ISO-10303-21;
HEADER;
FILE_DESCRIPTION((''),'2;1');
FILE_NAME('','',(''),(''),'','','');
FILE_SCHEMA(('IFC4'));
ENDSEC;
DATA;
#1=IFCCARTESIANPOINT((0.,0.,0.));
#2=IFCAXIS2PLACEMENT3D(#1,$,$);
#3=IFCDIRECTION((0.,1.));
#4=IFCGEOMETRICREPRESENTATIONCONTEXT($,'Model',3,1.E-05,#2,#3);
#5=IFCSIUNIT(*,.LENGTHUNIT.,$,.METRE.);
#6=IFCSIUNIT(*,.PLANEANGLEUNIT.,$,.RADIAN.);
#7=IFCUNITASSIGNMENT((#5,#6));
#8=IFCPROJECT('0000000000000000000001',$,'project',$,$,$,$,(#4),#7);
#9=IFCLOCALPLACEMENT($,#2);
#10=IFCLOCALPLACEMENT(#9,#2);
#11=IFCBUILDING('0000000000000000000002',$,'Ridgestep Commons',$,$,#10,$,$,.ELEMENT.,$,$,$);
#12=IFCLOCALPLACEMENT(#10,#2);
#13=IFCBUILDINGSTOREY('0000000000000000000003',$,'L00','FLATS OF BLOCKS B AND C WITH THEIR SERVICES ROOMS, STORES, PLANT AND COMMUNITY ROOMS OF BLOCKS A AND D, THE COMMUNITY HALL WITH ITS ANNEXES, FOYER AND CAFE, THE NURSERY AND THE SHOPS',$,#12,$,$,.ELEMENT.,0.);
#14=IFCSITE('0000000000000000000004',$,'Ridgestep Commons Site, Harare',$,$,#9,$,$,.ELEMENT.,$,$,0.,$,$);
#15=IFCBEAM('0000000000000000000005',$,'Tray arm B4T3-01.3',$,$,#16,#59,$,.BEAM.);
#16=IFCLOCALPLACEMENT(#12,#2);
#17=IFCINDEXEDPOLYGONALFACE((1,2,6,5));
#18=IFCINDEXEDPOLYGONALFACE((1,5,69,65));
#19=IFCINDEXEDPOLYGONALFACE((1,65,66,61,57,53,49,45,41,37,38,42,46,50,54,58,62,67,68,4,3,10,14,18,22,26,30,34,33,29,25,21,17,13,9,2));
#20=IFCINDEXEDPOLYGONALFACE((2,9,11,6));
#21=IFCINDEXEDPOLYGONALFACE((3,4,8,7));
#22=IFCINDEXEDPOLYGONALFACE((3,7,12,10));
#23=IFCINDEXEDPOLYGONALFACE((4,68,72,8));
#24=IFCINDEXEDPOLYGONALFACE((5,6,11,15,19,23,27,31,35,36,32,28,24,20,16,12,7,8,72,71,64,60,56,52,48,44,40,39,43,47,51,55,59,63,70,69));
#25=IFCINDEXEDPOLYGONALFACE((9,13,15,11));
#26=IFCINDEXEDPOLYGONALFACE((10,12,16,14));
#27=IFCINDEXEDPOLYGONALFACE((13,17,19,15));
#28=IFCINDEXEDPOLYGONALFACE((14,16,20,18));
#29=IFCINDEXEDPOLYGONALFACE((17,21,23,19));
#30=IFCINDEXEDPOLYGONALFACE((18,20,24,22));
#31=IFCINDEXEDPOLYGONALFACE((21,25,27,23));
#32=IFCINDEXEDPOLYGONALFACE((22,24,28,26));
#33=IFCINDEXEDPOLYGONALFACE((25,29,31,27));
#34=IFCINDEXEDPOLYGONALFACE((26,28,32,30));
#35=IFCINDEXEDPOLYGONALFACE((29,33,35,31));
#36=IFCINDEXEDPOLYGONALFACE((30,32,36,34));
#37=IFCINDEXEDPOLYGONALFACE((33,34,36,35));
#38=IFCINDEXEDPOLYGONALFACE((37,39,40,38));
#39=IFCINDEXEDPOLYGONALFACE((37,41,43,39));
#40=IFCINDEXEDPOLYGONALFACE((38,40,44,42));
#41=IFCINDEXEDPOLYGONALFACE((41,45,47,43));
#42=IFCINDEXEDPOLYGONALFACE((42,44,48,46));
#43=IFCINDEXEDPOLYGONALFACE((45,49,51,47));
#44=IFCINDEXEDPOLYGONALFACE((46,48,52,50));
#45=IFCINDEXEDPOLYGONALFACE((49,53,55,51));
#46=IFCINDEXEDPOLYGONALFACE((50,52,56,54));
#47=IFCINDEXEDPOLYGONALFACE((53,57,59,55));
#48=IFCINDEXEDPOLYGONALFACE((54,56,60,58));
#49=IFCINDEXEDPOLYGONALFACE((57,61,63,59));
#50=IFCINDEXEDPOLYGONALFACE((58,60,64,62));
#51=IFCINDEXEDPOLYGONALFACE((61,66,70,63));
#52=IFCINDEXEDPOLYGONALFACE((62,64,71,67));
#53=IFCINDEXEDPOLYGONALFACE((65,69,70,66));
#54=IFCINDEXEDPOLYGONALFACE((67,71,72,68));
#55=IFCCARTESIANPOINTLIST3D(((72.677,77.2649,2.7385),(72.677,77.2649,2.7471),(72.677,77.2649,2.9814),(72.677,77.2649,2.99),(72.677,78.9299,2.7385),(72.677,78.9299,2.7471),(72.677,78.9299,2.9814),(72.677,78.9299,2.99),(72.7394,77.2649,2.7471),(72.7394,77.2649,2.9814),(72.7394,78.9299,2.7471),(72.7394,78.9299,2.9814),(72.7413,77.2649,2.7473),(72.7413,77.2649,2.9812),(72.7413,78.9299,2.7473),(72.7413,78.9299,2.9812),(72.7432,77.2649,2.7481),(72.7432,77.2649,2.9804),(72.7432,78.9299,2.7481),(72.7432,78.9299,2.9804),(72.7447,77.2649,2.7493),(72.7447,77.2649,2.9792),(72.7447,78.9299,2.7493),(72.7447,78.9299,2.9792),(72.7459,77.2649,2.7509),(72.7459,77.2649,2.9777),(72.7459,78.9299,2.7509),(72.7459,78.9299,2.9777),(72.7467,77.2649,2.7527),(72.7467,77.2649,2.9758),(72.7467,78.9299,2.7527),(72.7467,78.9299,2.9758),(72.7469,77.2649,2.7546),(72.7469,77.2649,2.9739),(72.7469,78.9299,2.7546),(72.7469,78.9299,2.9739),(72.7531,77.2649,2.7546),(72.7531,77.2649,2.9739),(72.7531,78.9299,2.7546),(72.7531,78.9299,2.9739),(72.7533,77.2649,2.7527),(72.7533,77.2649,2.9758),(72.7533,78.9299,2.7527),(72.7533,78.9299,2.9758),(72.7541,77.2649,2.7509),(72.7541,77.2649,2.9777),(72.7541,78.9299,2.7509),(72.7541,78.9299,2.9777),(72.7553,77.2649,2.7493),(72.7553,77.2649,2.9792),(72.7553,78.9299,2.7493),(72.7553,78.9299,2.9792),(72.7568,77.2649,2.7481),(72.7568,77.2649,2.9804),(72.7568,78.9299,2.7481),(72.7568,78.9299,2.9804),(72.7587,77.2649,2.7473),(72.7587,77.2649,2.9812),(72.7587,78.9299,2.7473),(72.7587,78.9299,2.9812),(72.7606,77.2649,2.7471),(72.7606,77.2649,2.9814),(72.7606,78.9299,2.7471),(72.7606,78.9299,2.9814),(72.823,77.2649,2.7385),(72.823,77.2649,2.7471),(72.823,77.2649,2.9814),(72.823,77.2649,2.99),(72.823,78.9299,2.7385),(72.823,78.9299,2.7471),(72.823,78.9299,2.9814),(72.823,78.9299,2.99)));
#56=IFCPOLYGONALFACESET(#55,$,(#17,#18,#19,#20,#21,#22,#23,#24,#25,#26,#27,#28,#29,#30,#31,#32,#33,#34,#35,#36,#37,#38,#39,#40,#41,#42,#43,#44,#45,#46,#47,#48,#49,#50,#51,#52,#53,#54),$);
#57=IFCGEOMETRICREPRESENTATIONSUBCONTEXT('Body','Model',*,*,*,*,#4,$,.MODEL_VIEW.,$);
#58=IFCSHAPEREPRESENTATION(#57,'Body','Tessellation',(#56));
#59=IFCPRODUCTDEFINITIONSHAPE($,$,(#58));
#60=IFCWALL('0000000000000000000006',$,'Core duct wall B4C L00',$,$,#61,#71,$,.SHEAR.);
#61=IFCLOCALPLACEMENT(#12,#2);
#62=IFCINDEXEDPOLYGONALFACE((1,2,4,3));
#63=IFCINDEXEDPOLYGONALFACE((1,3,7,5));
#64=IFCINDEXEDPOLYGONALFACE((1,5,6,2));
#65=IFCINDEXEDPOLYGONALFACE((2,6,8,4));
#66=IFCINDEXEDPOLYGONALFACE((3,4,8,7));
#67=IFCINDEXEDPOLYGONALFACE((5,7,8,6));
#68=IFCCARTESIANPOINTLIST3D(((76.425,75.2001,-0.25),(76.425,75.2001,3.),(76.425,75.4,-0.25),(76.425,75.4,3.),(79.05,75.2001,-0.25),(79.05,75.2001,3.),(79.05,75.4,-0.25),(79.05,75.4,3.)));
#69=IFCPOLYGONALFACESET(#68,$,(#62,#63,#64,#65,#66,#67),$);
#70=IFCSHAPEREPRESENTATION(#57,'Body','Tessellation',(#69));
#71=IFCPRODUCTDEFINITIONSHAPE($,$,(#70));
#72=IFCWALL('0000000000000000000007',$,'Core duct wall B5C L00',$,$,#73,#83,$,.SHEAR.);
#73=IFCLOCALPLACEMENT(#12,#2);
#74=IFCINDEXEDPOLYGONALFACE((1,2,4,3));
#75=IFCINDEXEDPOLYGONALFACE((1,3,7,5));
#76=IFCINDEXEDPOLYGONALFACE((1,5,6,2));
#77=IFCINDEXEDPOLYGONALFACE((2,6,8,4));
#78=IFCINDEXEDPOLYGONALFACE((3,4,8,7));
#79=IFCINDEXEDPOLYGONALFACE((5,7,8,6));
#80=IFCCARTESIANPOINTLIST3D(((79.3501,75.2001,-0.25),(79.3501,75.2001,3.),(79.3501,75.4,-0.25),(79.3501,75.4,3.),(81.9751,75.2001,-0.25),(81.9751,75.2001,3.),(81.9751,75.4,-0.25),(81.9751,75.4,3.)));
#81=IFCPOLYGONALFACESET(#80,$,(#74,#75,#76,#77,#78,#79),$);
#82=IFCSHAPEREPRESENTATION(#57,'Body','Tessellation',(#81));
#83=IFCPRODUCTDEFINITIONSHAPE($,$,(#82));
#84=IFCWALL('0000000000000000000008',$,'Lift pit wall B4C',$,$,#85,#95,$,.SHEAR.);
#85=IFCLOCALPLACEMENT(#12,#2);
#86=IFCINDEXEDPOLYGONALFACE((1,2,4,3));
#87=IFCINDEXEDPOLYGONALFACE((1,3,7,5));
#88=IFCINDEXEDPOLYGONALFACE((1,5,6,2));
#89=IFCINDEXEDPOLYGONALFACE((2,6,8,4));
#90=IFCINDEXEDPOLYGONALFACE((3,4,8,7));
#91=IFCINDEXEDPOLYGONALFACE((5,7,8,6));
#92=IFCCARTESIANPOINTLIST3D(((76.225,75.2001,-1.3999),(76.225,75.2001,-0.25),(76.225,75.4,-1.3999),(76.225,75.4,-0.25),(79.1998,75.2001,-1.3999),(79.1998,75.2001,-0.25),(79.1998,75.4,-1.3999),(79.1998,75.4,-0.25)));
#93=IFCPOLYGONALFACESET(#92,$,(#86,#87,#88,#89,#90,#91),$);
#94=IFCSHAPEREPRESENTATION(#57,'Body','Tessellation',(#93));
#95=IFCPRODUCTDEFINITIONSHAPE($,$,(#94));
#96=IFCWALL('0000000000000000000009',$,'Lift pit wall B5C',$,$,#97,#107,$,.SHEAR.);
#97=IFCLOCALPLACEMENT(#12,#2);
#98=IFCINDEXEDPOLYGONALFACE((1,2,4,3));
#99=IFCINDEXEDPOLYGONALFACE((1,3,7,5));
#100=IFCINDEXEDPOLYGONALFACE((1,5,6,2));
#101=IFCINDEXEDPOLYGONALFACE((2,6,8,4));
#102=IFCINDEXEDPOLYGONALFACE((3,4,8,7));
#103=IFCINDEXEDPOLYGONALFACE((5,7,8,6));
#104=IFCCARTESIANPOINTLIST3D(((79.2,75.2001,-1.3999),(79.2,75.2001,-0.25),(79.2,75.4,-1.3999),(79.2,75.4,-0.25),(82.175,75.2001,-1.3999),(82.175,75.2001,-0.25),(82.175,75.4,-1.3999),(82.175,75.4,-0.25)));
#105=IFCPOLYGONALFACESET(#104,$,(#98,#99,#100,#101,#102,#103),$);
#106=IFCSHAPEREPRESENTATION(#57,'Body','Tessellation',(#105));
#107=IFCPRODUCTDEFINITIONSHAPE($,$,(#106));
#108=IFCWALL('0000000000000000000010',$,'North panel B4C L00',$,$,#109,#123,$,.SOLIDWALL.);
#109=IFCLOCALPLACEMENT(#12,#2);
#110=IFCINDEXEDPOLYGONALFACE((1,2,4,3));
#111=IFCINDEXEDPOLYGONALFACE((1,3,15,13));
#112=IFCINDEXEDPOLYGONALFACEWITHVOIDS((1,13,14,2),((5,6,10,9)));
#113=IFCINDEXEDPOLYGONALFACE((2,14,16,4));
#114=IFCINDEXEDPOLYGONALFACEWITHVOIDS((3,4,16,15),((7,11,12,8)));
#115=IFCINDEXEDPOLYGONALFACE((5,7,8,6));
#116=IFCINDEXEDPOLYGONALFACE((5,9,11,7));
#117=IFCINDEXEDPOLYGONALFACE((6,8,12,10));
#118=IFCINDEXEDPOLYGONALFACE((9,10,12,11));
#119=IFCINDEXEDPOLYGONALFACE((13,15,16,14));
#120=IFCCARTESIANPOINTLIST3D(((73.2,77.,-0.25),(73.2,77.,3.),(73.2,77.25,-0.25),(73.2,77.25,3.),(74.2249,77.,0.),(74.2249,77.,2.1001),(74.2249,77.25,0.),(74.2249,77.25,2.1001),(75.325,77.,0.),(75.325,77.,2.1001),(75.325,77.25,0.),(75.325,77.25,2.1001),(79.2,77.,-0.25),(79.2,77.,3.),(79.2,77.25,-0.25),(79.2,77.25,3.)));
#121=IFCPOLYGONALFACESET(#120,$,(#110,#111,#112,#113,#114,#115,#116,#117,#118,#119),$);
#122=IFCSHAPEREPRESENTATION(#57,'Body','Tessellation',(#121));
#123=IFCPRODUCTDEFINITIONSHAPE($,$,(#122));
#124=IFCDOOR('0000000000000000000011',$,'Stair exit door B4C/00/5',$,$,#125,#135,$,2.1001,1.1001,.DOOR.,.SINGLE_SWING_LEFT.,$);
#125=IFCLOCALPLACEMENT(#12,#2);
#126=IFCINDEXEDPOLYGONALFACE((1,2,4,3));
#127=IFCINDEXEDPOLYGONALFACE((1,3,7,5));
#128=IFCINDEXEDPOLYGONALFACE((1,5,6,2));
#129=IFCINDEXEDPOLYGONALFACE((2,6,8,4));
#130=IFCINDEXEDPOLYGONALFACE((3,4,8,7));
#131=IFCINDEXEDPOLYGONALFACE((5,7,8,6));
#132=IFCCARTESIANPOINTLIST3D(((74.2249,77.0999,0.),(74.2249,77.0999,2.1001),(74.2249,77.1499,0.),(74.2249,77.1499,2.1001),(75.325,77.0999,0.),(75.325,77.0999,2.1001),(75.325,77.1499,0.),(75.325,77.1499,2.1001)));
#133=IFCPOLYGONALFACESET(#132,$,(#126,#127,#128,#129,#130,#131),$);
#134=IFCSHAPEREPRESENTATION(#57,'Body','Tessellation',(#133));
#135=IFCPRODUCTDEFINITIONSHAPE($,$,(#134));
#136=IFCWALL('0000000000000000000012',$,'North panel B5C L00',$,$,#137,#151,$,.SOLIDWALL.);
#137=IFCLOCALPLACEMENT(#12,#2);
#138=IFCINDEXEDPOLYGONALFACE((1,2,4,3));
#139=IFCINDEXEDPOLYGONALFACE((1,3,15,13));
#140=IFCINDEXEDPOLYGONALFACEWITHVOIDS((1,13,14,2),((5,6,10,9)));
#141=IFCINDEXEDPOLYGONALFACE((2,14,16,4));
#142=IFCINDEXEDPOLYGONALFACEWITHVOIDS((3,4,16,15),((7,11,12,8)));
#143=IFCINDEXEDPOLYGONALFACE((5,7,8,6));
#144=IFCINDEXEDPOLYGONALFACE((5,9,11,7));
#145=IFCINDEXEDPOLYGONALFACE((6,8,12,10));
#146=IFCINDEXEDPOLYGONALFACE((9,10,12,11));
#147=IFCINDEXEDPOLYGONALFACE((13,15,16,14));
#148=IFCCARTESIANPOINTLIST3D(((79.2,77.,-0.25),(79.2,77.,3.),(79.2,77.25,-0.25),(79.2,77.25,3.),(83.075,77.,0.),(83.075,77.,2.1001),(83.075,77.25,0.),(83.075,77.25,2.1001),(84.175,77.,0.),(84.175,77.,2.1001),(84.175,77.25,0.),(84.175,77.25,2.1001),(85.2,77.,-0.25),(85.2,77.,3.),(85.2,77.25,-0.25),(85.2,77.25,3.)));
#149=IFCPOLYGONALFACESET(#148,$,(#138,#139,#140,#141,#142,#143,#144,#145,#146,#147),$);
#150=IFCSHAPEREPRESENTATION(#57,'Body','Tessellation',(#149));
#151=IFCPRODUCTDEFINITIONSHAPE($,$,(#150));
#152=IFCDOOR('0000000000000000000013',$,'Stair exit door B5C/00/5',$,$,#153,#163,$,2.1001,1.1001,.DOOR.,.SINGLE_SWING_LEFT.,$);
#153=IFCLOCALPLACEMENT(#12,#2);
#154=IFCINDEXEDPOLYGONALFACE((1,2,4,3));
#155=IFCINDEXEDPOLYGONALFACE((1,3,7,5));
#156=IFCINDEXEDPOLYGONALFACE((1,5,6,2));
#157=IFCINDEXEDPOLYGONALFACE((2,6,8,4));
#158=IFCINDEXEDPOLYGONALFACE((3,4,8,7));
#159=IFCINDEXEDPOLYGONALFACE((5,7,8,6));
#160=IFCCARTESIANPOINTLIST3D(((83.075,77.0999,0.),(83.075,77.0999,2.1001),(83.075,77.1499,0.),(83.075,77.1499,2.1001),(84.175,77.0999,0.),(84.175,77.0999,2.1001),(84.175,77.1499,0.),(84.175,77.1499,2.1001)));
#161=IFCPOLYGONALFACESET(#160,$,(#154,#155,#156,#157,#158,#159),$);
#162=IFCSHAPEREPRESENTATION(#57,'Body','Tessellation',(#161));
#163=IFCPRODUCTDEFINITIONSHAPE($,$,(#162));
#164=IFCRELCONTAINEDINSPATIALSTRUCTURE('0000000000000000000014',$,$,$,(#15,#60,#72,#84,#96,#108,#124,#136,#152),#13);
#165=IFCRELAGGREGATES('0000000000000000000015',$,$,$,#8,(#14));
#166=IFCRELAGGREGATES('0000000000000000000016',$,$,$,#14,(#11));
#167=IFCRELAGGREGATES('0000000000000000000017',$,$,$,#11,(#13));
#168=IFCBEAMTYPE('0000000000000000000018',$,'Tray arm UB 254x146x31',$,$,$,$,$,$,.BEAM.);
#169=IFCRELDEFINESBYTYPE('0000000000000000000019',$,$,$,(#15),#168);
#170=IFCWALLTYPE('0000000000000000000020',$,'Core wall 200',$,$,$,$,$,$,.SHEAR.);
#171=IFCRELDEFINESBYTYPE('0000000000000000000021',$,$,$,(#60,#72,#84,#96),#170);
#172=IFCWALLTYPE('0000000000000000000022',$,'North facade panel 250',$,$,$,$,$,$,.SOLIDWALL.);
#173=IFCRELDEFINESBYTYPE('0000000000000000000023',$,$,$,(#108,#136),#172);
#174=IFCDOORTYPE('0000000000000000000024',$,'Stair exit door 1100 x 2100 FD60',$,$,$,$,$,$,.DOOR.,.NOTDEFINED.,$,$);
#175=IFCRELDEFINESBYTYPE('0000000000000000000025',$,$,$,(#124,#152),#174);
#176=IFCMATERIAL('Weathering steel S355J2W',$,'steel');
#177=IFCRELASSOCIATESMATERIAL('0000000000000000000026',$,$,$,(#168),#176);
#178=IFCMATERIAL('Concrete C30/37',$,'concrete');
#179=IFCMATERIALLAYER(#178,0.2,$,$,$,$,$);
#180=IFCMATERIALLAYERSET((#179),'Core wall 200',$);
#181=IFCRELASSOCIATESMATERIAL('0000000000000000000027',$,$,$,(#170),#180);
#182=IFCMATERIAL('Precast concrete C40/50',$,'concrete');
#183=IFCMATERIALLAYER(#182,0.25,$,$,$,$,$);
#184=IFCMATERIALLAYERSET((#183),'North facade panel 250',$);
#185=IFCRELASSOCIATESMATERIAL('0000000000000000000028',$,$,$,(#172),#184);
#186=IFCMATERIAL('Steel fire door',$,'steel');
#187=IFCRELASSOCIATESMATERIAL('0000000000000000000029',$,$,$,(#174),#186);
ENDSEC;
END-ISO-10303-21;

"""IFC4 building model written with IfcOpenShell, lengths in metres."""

from ifc_helpers import new_model, si_unit, direction, frame, frame_2d, origin, origin_2d, place, context, subcontext, project, spatial, rectangle, i_section, extrude, material, layer, layer_set, material_profile, profile_set, type_object, element, fill, save


model = new_model("IFC4")

# Units and contexts
model_context = context("Model", 3, precision=1e-05, world=origin(), true_north=direction((0.0, 1.0)))
body_context = subcontext(model_context, "Body", "Model", "MODEL_VIEW")
ifc_project = project(units=[si_unit("LENGTHUNIT", "METRE"), si_unit("PLANEANGLEUNIT", "RADIAN")], contexts=[model_context])

# Site, building, storey
site_placement = place(None, origin())
site = spatial("IfcSite", under=ifc_project, at=site_placement, Name="Ridgestep Commons Site, Harare", CompositionType="ELEMENT", RefElevation=0.0)
building_placement = place(site_placement, origin())
building = spatial("IfcBuilding", under=site, at=building_placement, Name="Ridgestep Commons", CompositionType="ELEMENT")
storey_placement = place(building_placement, origin())
storey = spatial("IfcBuildingStorey", under=building, at=storey_placement, Name="L00", Description="FLATS OF BLOCKS B AND C WITH THEIR SERVICES ROOMS, STORES, PLANT AND COMMUNITY ROOMS OF BLOCKS A AND D, THE COMMUNITY HALL WITH ITS ANNEXES, FOYER AND CAFE, THE NURSERY AND THE SHOPS", CompositionType="ELEMENT", Elevation=0.0)

# Beam
ifc_material_1 = material(Name="Weathering steel S355J2W", Category="steel")
ifc_material_profile = material_profile(ifc_material_1, i_section(OverallWidth=0.146, OverallDepth=0.2515, WebThickness=0.0061, FlangeThickness=0.0085, FilletRadius=0.0076, at=origin_2d()), Name="UB 254x146x31")
ifc_profile_set = profile_set([ifc_material_profile], Name="Weathering steel S355J2W")
beam_type = type_object("IfcBeamType", Name="Tray arm UB 254x146x31", PredefinedType="BEAM", material=ifc_profile_set)
beam_placement = place(storey_placement, frame((72.75, 77.2649, 2.8643), z_axis=(0.0, 1.0, 0.0), x_axis=(-1.0, 0.0, 0.0)))
element("IfcBeam", 1, at=beam_placement, inside=storey, type_object=beam_type, Name="Tray arm B4T3-01.3", PredefinedType="BEAM", context=body_context, shape_type="SweptSolid", body=[
    extrude(i_section(OverallWidth=0.146, OverallDepth=0.2515, WebThickness=0.0061, FlangeThickness=0.0085, FilletRadius=0.0076, at=origin_2d()), origin(), (0.0, 0.0, 1.0), 1.665),
])

# Walls
ifc_material_2 = material(Name="Concrete C30/37", Category="concrete")
ifc_layer_1 = layer(ifc_material_2, 0.2)
ifc_layer_set_1 = layer_set([ifc_layer_1], Name="Core wall 200")
wall_type_1 = type_object("IfcWallType", Name="Core wall 200", PredefinedType="SHEAR", material=ifc_layer_set_1)
for number, where, z_axis, x_axis, name in (
    (2, (76.425, 75.3, -0.25), (0.0, 0.0, 1.0), (1.0, 0.0, 0.0), "Core duct wall B4C L00"),
    (3, (79.3501, 75.3, -0.25), (0.0, 0.0, 1.0), (1.0, 0.0, 0.0), "Core duct wall B5C L00"),
):
    element("IfcWall", number, at=place(storey_placement, frame(where, z_axis=z_axis, x_axis=x_axis)), inside=storey, type_object=wall_type_1, Name=name, PredefinedType="SHEAR", context=body_context, shape_type="SweptSolid", body=[
        extrude(rectangle(XDim=2.625, YDim=0.2, at=frame_2d((1.3125, 0.0))), origin(), (0.0, 0.0, 1.0), 3.25),
    ])
wall_1_placement = place(storey_placement, frame((76.2251, 75.3, -1.3999), z_axis=(0.0, 0.0, 1.0), x_axis=(1.0, 0.0, 0.0)))
element("IfcWall", 4, at=wall_1_placement, inside=storey, type_object=wall_type_1, Name="Lift pit wall B4C", PredefinedType="SHEAR", context=body_context, shape_type="SweptSolid", body=[
    extrude(rectangle(XDim=2.9749, YDim=0.2, at=frame_2d((1.4873, 0.0))), origin(), (0.0, 0.0, 1.0), 1.1499),
])
wall_2_placement = place(storey_placement, frame((79.2, 75.3, -1.3999), z_axis=(0.0, 0.0, 1.0), x_axis=(1.0, 0.0, 0.0)))
element("IfcWall", 5, at=wall_2_placement, inside=storey, type_object=wall_type_1, Name="Lift pit wall B5C", PredefinedType="SHEAR", context=body_context, shape_type="SweptSolid", body=[
    extrude(rectangle(XDim=2.9751, YDim=0.2, at=frame_2d((1.4875, 0.0))), origin(), (0.0, 0.0, 1.0), 1.1499),
])

# Walls, openings, doors
ifc_material_3 = material(Name="Precast concrete C40/50", Category="concrete")
ifc_layer_2 = layer(ifc_material_3, 0.25)
ifc_layer_set_2 = layer_set([ifc_layer_2], Name="North facade panel 250")
wall_type_2 = type_object("IfcWallType", Name="North facade panel 250", PredefinedType="SOLIDWALL", material=ifc_layer_set_2)
wall_3_placement = place(storey_placement, frame((73.2, 77.125, -0.25), z_axis=(0.0, 0.0, 1.0), x_axis=(1.0, 0.0, 0.0)))
wall_3 = element("IfcWall", 6, at=wall_3_placement, inside=storey, type_object=wall_type_2, Name="North panel B4C L00", PredefinedType="SOLIDWALL", context=body_context, shape_type="SweptSolid", body=[
    extrude(rectangle(XDim=6.0, YDim=0.25, at=frame_2d((3.0, 0.0))), origin(), (0.0, 0.0, 1.0), 3.25),
])
opening_1_placement = place(wall_3_placement, frame((1.0249, 0.0, 0.25)))
opening_1 = element("IfcOpeningElement", 7, at=opening_1_placement, cuts=wall_3, PredefinedType="OPENING", context=body_context, shape_type="SweptSolid", body=[
    extrude(rectangle(XDim=1.1001, YDim=2.1001, at=frame_2d((0.55, 1.05))), frame((0.0, 0.135, 0.0), z_axis=(0.0, -1.0, 0.0), x_axis=(1.0, 0.0, 0.0)), (0.0, 0.0, 1.0), 0.27),
])
ifc_material_4 = material(Name="Steel fire door", Category="steel")
door_type = type_object("IfcDoorType", Name="Stair exit door 1100 x 2100 FD60", OperationType="NOTDEFINED", PredefinedType="DOOR", material=ifc_material_4)
door_1_placement = place(opening_1_placement, origin())
door_1 = element("IfcDoor", 8, at=door_1_placement, inside=storey, type_object=door_type, Name="Stair exit door B4C/00/5", OperationType="SINGLE_SWING_LEFT", OverallHeight=2.1001, OverallWidth=1.1001, PredefinedType="DOOR", context=body_context, shape_type="SweptSolid", body=[
    extrude(rectangle(XDim=1.1001, YDim=2.1001, at=frame_2d((0.55, 1.05))), frame((0.0, 0.0249, 0.0), z_axis=(0.0, -1.0, 0.0), x_axis=(1.0, 0.0, 0.0)), (0.0, 0.0, 1.0), 0.05),
])
fill(opening_1, door_1)
wall_4_placement = place(storey_placement, frame((79.2, 77.125, -0.25), z_axis=(0.0, 0.0, 1.0), x_axis=(1.0, 0.0, 0.0)))
wall_4 = element("IfcWall", 9, at=wall_4_placement, inside=storey, type_object=wall_type_2, Name="North panel B5C L00", PredefinedType="SOLIDWALL", context=body_context, shape_type="SweptSolid", body=[
    extrude(rectangle(XDim=6.0, YDim=0.25, at=frame_2d((3.0, 0.0))), origin(), (0.0, 0.0, 1.0), 3.25),
])
opening_2_placement = place(wall_4_placement, frame((3.875, 0.0, 0.25)))
opening_2 = element("IfcOpeningElement", 10, at=opening_2_placement, cuts=wall_4, PredefinedType="OPENING", context=body_context, shape_type="SweptSolid", body=[
    extrude(rectangle(XDim=1.1001, YDim=2.1001, at=frame_2d((0.55, 1.05))), frame((0.0, 0.135, 0.0), z_axis=(0.0, -1.0, 0.0), x_axis=(1.0, 0.0, 0.0)), (0.0, 0.0, 1.0), 0.27),
])
door_2_placement = place(opening_2_placement, origin())
door_2 = element("IfcDoor", 11, at=door_2_placement, inside=storey, type_object=door_type, Name="Stair exit door B5C/00/5", OperationType="SINGLE_SWING_LEFT", OverallHeight=2.1001, OverallWidth=1.1001, PredefinedType="DOOR", context=body_context, shape_type="SweptSolid", body=[
    extrude(rectangle(XDim=1.1001, YDim=2.1001, at=frame_2d((0.55, 1.05))), frame((0.0, 0.0249, 0.0), z_axis=(0.0, -1.0, 0.0), x_axis=(1.0, 0.0, 0.0)), (0.0, 0.0, 1.0), 0.05),
])
fill(opening_2, door_2)

save(model, "model.ifc")
